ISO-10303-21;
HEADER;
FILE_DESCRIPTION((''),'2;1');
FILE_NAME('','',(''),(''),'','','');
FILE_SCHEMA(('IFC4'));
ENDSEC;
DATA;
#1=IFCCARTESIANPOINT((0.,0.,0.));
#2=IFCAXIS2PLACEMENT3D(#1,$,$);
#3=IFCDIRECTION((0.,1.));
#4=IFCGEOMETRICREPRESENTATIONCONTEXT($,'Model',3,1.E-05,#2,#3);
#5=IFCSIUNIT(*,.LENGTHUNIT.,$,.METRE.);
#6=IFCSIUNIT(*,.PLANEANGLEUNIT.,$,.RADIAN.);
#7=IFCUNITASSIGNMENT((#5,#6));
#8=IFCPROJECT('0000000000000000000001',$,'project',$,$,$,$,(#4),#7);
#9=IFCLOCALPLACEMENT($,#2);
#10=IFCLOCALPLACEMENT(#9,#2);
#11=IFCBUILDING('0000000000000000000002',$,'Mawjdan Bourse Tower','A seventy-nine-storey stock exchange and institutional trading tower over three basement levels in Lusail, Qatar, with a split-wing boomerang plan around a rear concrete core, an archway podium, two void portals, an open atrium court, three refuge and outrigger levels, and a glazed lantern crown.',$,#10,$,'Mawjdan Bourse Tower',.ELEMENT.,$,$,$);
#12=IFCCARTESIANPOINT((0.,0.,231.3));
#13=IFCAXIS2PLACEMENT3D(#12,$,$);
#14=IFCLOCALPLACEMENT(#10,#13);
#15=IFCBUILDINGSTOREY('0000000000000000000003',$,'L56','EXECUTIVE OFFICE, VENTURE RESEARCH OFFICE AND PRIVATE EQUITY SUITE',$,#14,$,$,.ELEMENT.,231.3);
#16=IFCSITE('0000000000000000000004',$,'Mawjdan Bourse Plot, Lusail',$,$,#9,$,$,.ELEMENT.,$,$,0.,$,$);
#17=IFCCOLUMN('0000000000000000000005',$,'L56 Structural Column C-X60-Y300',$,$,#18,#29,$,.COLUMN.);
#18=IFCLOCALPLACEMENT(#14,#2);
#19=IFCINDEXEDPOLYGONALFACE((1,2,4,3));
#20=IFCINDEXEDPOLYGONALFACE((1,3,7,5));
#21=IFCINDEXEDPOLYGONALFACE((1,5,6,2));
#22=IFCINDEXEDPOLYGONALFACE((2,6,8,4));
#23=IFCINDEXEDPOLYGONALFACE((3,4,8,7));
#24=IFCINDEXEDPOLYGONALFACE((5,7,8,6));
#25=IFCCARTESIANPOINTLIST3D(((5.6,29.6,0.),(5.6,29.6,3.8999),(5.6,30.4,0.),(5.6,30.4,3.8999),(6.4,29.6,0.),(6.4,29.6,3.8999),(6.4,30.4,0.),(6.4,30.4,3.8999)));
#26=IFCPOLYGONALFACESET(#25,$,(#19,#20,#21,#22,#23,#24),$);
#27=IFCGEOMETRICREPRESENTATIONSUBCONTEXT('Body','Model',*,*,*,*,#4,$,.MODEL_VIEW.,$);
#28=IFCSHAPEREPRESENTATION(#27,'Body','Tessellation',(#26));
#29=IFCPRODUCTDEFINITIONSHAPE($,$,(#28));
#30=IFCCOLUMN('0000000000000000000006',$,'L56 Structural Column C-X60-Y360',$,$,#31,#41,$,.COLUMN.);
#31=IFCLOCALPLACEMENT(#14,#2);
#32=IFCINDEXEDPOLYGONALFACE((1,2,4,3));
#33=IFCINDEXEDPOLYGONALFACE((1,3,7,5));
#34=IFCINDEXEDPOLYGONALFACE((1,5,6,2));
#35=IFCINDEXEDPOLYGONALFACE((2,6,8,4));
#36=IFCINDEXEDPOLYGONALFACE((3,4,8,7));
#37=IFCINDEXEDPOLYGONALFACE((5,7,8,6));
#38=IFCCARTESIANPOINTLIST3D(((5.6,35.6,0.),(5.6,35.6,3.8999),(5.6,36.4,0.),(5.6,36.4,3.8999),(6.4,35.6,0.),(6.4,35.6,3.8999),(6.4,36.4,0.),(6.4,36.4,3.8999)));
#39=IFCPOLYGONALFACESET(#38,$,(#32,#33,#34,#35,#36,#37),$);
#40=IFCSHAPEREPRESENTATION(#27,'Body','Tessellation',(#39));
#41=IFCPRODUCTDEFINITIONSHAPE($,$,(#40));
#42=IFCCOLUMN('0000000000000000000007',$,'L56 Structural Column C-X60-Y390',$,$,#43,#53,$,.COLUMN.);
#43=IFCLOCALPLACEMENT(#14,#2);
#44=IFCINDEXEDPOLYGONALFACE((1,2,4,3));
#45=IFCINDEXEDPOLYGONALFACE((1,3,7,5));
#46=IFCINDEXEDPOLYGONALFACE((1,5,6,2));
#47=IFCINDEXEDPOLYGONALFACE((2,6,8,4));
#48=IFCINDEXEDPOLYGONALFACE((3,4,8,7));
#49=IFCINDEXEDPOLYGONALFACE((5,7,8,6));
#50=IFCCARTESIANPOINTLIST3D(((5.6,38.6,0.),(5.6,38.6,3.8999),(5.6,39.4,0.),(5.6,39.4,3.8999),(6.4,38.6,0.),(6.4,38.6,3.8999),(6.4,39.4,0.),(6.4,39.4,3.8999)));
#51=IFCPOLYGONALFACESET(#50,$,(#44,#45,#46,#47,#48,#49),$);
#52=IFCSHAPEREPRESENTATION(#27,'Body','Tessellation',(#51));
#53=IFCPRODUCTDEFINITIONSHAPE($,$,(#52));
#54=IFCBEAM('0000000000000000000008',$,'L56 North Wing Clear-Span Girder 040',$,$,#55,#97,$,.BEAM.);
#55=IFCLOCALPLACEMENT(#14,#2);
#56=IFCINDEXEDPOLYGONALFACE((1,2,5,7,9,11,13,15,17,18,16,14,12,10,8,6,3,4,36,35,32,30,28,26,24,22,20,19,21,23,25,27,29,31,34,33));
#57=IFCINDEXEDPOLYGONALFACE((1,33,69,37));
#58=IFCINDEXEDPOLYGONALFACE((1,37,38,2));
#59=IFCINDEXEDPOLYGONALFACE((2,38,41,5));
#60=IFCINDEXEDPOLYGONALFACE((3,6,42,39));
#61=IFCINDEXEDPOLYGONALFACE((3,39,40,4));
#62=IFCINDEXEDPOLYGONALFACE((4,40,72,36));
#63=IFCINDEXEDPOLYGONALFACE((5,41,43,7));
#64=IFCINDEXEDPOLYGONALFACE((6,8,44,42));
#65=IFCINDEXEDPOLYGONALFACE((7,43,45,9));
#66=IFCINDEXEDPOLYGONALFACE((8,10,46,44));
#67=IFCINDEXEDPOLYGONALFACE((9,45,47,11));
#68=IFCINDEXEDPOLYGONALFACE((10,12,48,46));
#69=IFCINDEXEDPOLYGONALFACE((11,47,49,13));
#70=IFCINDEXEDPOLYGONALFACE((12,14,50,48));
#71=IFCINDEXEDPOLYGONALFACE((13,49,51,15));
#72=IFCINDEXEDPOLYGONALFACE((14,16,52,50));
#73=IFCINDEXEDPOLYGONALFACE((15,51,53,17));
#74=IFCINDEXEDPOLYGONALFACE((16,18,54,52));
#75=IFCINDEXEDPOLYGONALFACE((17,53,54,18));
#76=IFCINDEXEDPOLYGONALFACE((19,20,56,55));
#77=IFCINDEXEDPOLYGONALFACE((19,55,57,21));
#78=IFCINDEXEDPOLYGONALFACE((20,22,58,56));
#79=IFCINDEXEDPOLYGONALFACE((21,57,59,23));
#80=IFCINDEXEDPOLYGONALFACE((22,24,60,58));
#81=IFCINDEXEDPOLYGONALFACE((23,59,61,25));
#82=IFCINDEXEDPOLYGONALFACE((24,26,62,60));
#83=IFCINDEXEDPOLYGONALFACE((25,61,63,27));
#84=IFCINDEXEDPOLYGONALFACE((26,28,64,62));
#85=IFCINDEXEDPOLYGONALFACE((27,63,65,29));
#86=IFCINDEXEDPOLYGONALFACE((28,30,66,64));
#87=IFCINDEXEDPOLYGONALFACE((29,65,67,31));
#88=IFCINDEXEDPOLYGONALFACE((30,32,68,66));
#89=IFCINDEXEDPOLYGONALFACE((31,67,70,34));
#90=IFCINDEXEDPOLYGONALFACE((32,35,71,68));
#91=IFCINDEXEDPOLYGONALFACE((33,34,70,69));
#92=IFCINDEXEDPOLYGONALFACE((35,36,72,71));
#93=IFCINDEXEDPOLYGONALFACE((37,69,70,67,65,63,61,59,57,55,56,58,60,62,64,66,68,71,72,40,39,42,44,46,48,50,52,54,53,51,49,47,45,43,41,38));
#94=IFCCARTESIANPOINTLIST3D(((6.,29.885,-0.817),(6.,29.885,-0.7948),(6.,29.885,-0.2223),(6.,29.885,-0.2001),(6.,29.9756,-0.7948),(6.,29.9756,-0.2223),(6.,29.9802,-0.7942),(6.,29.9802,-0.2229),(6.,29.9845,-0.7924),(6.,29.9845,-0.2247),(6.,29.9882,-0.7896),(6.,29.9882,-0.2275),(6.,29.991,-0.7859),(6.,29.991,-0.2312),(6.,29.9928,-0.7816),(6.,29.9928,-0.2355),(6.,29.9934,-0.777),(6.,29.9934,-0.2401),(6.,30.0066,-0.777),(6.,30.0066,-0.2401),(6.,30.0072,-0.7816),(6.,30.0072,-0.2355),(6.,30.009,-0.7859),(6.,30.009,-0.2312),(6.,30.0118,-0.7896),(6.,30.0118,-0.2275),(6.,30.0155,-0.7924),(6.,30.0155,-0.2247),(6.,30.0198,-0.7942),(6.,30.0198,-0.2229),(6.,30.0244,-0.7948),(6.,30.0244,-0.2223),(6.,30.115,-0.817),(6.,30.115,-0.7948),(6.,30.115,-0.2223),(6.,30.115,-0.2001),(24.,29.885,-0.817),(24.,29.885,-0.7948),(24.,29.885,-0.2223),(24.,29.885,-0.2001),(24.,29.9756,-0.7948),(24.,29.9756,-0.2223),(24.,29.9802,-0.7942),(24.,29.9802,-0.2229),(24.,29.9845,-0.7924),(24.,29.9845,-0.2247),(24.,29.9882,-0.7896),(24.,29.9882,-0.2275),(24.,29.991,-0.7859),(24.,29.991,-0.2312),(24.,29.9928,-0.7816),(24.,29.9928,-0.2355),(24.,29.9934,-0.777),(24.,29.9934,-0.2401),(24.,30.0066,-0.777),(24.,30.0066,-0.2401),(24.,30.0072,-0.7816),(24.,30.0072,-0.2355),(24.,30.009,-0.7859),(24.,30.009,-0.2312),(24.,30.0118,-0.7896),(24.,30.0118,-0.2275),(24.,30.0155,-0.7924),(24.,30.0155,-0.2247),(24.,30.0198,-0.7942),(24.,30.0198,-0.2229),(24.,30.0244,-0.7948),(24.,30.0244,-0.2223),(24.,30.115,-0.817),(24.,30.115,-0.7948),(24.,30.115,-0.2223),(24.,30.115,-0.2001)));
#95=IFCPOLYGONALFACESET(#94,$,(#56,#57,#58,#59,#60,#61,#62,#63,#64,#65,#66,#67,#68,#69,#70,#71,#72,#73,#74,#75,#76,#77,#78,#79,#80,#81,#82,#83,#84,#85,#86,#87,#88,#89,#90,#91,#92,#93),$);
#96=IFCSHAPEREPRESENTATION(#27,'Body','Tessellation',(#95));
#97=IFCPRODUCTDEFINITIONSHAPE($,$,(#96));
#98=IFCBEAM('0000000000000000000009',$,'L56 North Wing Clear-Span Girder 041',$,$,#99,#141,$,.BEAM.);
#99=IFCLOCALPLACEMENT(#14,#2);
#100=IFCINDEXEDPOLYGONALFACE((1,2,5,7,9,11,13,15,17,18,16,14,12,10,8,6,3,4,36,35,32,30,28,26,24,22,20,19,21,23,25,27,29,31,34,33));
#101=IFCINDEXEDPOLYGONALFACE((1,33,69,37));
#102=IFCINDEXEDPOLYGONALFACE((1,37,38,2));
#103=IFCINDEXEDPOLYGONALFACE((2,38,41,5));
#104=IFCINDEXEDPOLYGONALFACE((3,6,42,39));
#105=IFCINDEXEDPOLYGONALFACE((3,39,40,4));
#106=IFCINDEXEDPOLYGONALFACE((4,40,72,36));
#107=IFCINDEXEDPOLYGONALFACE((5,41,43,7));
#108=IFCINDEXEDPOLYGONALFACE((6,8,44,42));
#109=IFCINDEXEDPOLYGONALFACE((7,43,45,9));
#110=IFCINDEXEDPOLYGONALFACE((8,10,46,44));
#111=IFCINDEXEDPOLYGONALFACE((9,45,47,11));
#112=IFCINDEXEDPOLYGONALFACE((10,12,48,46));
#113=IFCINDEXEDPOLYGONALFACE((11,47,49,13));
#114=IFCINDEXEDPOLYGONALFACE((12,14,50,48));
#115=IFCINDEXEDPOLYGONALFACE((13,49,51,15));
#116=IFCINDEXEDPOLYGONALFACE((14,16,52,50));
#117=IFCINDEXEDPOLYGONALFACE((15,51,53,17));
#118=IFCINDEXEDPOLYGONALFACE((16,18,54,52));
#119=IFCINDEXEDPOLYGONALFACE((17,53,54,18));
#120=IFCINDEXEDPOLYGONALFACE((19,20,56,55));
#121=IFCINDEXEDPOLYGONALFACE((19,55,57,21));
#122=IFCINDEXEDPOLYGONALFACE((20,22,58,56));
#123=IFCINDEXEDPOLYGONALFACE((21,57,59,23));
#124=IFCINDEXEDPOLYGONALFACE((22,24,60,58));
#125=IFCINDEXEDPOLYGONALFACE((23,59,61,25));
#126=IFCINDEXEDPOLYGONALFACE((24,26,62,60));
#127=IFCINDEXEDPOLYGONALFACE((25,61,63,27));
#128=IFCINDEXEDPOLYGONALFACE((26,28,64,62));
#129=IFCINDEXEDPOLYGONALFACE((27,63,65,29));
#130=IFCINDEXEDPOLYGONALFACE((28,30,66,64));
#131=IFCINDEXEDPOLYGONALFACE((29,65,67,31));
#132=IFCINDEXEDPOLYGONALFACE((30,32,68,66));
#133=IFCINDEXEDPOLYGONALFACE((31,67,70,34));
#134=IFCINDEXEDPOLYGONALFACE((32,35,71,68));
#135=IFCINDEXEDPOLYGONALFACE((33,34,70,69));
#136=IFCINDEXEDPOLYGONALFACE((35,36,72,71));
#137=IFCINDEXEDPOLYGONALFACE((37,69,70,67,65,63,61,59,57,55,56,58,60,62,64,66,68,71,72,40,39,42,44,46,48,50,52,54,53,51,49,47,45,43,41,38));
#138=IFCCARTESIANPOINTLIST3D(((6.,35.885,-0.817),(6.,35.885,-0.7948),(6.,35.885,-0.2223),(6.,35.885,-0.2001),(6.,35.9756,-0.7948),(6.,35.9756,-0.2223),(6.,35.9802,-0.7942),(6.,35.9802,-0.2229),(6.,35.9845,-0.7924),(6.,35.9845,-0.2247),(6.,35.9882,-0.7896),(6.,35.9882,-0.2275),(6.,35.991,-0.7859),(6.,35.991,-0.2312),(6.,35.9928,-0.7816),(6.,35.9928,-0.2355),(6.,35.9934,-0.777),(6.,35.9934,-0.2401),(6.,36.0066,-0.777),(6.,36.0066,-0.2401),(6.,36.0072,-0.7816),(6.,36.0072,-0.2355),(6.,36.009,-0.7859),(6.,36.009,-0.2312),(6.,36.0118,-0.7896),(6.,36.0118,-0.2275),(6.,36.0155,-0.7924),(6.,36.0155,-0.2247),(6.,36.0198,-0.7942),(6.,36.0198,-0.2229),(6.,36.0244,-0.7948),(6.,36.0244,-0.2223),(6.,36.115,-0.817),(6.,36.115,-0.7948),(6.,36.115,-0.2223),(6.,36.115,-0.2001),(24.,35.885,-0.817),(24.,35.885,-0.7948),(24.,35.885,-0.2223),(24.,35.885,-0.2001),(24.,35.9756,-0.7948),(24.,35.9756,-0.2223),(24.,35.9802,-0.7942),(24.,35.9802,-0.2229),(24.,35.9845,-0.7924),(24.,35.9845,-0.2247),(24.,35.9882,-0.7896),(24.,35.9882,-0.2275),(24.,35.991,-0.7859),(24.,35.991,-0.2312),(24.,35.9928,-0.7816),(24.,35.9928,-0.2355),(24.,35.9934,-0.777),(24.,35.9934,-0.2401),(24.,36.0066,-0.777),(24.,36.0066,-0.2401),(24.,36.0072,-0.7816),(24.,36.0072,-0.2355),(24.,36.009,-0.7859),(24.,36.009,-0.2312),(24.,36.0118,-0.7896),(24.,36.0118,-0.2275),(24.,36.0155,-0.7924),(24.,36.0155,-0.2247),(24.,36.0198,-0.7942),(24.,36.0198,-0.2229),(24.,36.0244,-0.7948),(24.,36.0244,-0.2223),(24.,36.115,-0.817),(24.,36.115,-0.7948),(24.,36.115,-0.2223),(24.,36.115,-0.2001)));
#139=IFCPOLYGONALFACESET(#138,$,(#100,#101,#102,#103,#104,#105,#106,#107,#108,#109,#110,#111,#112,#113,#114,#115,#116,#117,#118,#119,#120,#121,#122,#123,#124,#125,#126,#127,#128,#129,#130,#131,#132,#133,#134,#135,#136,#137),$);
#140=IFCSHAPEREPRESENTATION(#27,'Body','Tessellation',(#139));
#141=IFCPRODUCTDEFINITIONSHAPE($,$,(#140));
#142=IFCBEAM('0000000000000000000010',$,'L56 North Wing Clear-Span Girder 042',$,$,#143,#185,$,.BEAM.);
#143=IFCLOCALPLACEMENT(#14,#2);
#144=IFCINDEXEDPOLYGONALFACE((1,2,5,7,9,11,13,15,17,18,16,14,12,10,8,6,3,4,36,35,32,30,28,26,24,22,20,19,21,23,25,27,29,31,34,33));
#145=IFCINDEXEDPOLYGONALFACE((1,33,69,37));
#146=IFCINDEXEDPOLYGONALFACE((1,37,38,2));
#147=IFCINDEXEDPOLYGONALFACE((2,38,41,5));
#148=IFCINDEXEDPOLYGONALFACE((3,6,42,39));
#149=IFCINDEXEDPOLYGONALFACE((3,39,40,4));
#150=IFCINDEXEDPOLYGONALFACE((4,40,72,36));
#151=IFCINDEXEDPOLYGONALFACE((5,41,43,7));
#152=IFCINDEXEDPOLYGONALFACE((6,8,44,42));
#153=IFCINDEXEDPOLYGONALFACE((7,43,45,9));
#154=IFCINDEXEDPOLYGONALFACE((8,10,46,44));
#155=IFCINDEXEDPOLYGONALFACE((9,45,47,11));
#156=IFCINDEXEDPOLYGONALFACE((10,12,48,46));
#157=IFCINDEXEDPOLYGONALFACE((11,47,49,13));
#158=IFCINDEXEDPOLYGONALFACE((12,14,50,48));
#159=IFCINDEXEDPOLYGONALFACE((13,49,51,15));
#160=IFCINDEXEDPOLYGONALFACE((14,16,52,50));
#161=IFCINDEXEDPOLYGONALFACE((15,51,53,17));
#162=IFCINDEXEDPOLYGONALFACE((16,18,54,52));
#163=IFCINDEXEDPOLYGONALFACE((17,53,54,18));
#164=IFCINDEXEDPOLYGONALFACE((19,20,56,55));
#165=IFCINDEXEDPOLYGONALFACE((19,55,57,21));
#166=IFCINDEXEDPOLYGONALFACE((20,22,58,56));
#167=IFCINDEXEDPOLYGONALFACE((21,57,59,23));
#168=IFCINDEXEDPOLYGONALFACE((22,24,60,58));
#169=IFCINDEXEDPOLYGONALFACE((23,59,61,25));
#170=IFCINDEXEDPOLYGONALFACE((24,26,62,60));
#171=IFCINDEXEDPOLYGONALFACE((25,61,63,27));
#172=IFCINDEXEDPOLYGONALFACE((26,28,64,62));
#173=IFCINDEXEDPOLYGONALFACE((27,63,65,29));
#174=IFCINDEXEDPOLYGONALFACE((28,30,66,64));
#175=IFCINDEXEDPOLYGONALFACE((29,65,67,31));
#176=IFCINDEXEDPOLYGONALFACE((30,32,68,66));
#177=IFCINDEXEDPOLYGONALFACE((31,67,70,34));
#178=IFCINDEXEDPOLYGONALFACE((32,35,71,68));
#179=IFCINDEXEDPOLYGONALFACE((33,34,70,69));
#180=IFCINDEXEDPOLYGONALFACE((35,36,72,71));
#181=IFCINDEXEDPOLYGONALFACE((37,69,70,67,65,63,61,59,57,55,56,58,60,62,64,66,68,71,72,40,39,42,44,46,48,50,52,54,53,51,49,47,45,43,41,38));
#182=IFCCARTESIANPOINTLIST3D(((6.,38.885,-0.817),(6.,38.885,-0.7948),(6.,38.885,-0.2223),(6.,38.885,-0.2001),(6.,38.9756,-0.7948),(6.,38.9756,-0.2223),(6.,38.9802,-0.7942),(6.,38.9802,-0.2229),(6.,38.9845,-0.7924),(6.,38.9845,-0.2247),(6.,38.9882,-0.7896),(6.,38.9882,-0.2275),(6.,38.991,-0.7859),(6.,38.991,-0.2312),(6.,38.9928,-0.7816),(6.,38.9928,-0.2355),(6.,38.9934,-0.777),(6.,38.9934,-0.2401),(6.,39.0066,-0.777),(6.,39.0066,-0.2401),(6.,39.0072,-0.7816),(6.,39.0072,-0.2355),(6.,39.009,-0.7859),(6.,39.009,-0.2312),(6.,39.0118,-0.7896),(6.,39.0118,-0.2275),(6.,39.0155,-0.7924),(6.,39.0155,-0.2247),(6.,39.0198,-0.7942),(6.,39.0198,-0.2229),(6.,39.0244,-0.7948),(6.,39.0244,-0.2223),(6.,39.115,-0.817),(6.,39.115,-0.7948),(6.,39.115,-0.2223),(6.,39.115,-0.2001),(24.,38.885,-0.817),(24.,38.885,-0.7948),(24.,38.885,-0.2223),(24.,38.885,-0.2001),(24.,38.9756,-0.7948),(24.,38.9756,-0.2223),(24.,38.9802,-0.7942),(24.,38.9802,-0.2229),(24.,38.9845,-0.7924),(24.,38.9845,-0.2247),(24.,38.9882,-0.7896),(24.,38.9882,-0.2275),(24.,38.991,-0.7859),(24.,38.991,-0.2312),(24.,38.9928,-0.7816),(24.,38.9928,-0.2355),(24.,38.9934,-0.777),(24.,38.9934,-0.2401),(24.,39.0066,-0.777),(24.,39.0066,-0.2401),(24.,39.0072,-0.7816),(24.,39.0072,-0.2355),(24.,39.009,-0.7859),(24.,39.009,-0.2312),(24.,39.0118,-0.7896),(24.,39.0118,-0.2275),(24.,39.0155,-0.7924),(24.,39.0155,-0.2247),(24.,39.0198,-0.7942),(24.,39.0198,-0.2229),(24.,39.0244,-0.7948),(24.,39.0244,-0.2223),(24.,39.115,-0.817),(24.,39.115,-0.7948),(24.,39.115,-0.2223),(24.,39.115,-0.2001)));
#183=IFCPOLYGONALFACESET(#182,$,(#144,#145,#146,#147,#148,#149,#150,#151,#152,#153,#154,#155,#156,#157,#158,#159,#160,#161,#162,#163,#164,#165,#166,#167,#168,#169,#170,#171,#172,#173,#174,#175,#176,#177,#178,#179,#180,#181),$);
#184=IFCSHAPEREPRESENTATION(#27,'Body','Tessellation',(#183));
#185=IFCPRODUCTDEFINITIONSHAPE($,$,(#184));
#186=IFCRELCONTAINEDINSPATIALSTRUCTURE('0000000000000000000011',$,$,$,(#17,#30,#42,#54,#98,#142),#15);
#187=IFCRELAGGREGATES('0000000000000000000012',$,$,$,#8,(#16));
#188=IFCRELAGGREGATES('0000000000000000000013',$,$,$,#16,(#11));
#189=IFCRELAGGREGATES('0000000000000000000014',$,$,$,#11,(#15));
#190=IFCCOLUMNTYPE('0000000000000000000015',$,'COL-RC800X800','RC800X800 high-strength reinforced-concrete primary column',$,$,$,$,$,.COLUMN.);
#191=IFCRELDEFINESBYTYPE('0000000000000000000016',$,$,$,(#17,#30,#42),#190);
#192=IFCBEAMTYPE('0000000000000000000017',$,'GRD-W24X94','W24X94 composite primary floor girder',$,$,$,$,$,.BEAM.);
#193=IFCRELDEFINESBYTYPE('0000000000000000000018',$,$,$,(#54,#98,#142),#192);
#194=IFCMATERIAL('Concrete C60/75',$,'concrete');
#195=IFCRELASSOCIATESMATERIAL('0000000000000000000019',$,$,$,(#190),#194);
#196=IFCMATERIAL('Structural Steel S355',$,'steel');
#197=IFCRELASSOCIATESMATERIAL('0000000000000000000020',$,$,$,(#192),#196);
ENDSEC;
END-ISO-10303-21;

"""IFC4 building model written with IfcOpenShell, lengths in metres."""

from ifc_helpers import new_model, si_unit, direction, frame, origin, origin_2d, place, context, subcontext, project, spatial, rectangle, i_section, extrude, material, material_profile, profile_set, type_object, element, save


model = new_model("IFC4")

# Units and contexts
model_context = context("Model", 3, precision=1e-05, world=origin(), true_north=direction((0.0, 1.0)))
body_context = subcontext(model_context, "Body", "Model", "MODEL_VIEW")
ifc_project = project(units=[si_unit("LENGTHUNIT", "METRE"), si_unit("PLANEANGLEUNIT", "RADIAN")], contexts=[model_context])

# Site, building, storey
site_placement = place(None, origin())
site = spatial("IfcSite", under=ifc_project, at=site_placement, Name="Mawjdan Bourse Plot, Lusail", CompositionType="ELEMENT", RefElevation=0.0)
building_placement = place(site_placement, origin())
building = spatial("IfcBuilding", under=site, at=building_placement, Name="Mawjdan Bourse Tower", Description="A seventy-nine-storey stock exchange and institutional trading tower over three basement levels in Lusail, Qatar, with a split-wing boomerang plan around a rear concrete core, an archway podium, two void portals, an open atrium court, three refuge and outrigger levels, and a glazed lantern crown.", LongName="Mawjdan Bourse Tower", CompositionType="ELEMENT")
storey_placement = place(building_placement, frame((0.0, 0.0, 231.3)))
storey = spatial("IfcBuildingStorey", under=building, at=storey_placement, Name="L56", Description="EXECUTIVE OFFICE, VENTURE RESEARCH OFFICE AND PRIVATE EQUITY SUITE", CompositionType="ELEMENT", Elevation=231.3)

# Columns
ifc_material_1 = material(Name="Concrete C60/75", Category="concrete")
ifc_material_profile_1 = material_profile(ifc_material_1, rectangle(XDim=0.8, YDim=0.8, at=origin_2d()), Name="RC800X800")
ifc_profile_set_1 = profile_set([ifc_material_profile_1], Name="Concrete C60/75")
column_type = type_object("IfcColumnType", Name="COL-RC800X800", Description="RC800X800 high-strength reinforced-concrete primary column", PredefinedType="COLUMN", material=ifc_profile_set_1)
for number, where, z_axis, x_axis, name in (
    (1, (6.0, 30.0, 0.0), (0.0, 0.0, 1.0), (1.0, 0.0, 0.0), "L56 Structural Column C-X60-Y300"),
    (2, (6.0, 36.0, 0.0), (0.0, 0.0, 1.0), (1.0, 0.0, 0.0), "L56 Structural Column C-X60-Y360"),
    (3, (6.0, 39.0, 0.0), (0.0, 0.0, 1.0), (1.0, 0.0, 0.0), "L56 Structural Column C-X60-Y390"),
):
    element("IfcColumn", number, at=place(storey_placement, frame(where, z_axis=z_axis, x_axis=x_axis)), inside=storey, type_object=column_type, Name=name, PredefinedType="COLUMN", context=body_context, shape_type="SweptSolid", body=[
        extrude(rectangle(XDim=0.8, YDim=0.8, at=origin_2d()), origin(), (0.0, 0.0, 1.0), 3.8999),
    ])

# Beams
ifc_material_2 = material(Name="Structural Steel S355", Category="steel")
ifc_material_profile_2 = material_profile(ifc_material_2, i_section(OverallWidth=0.23, OverallDepth=0.6169, WebThickness=0.0132, FlangeThickness=0.0222, FilletRadius=0.0178, at=origin_2d()), Name="W24X94")
ifc_profile_set_2 = profile_set([ifc_material_profile_2], Name="Structural Steel S355")
beam_type_1 = type_object("IfcBeamType", Name="GRD-W24X94", Description="W24X94 composite primary floor girder", PredefinedType="BEAM", material=ifc_profile_set_2)
for number, where, z_axis, x_axis, name in (
    (4, (6.0, 30.0, -0.5085), (1.0, 0.0, 0.0), (0.0, 1.0, 0.0), "L56 North Wing Clear-Span Girder 040"),
    (5, (6.0, 36.0, -0.5085), (1.0, 0.0, 0.0), (0.0, 1.0, 0.0), "L56 North Wing Clear-Span Girder 041"),
    (6, (6.0, 39.0, -0.5085), (1.0, 0.0, 0.0), (0.0, 1.0, 0.0), "L56 North Wing Clear-Span Girder 042"),
):
    element("IfcBeam", number, at=place(storey_placement, frame(where, z_axis=z_axis, x_axis=x_axis)), inside=storey, type_object=beam_type_1, Name=name, PredefinedType="BEAM", context=body_context, shape_type="SweptSolid", body=[
        extrude(i_section(OverallWidth=0.23, OverallDepth=0.6169, WebThickness=0.0132, FlangeThickness=0.0222, FilletRadius=0.0178, at=origin_2d()), origin(), (0.0, 0.0, 1.0), 18.0),
    ])

save(model, "model.ifc")
